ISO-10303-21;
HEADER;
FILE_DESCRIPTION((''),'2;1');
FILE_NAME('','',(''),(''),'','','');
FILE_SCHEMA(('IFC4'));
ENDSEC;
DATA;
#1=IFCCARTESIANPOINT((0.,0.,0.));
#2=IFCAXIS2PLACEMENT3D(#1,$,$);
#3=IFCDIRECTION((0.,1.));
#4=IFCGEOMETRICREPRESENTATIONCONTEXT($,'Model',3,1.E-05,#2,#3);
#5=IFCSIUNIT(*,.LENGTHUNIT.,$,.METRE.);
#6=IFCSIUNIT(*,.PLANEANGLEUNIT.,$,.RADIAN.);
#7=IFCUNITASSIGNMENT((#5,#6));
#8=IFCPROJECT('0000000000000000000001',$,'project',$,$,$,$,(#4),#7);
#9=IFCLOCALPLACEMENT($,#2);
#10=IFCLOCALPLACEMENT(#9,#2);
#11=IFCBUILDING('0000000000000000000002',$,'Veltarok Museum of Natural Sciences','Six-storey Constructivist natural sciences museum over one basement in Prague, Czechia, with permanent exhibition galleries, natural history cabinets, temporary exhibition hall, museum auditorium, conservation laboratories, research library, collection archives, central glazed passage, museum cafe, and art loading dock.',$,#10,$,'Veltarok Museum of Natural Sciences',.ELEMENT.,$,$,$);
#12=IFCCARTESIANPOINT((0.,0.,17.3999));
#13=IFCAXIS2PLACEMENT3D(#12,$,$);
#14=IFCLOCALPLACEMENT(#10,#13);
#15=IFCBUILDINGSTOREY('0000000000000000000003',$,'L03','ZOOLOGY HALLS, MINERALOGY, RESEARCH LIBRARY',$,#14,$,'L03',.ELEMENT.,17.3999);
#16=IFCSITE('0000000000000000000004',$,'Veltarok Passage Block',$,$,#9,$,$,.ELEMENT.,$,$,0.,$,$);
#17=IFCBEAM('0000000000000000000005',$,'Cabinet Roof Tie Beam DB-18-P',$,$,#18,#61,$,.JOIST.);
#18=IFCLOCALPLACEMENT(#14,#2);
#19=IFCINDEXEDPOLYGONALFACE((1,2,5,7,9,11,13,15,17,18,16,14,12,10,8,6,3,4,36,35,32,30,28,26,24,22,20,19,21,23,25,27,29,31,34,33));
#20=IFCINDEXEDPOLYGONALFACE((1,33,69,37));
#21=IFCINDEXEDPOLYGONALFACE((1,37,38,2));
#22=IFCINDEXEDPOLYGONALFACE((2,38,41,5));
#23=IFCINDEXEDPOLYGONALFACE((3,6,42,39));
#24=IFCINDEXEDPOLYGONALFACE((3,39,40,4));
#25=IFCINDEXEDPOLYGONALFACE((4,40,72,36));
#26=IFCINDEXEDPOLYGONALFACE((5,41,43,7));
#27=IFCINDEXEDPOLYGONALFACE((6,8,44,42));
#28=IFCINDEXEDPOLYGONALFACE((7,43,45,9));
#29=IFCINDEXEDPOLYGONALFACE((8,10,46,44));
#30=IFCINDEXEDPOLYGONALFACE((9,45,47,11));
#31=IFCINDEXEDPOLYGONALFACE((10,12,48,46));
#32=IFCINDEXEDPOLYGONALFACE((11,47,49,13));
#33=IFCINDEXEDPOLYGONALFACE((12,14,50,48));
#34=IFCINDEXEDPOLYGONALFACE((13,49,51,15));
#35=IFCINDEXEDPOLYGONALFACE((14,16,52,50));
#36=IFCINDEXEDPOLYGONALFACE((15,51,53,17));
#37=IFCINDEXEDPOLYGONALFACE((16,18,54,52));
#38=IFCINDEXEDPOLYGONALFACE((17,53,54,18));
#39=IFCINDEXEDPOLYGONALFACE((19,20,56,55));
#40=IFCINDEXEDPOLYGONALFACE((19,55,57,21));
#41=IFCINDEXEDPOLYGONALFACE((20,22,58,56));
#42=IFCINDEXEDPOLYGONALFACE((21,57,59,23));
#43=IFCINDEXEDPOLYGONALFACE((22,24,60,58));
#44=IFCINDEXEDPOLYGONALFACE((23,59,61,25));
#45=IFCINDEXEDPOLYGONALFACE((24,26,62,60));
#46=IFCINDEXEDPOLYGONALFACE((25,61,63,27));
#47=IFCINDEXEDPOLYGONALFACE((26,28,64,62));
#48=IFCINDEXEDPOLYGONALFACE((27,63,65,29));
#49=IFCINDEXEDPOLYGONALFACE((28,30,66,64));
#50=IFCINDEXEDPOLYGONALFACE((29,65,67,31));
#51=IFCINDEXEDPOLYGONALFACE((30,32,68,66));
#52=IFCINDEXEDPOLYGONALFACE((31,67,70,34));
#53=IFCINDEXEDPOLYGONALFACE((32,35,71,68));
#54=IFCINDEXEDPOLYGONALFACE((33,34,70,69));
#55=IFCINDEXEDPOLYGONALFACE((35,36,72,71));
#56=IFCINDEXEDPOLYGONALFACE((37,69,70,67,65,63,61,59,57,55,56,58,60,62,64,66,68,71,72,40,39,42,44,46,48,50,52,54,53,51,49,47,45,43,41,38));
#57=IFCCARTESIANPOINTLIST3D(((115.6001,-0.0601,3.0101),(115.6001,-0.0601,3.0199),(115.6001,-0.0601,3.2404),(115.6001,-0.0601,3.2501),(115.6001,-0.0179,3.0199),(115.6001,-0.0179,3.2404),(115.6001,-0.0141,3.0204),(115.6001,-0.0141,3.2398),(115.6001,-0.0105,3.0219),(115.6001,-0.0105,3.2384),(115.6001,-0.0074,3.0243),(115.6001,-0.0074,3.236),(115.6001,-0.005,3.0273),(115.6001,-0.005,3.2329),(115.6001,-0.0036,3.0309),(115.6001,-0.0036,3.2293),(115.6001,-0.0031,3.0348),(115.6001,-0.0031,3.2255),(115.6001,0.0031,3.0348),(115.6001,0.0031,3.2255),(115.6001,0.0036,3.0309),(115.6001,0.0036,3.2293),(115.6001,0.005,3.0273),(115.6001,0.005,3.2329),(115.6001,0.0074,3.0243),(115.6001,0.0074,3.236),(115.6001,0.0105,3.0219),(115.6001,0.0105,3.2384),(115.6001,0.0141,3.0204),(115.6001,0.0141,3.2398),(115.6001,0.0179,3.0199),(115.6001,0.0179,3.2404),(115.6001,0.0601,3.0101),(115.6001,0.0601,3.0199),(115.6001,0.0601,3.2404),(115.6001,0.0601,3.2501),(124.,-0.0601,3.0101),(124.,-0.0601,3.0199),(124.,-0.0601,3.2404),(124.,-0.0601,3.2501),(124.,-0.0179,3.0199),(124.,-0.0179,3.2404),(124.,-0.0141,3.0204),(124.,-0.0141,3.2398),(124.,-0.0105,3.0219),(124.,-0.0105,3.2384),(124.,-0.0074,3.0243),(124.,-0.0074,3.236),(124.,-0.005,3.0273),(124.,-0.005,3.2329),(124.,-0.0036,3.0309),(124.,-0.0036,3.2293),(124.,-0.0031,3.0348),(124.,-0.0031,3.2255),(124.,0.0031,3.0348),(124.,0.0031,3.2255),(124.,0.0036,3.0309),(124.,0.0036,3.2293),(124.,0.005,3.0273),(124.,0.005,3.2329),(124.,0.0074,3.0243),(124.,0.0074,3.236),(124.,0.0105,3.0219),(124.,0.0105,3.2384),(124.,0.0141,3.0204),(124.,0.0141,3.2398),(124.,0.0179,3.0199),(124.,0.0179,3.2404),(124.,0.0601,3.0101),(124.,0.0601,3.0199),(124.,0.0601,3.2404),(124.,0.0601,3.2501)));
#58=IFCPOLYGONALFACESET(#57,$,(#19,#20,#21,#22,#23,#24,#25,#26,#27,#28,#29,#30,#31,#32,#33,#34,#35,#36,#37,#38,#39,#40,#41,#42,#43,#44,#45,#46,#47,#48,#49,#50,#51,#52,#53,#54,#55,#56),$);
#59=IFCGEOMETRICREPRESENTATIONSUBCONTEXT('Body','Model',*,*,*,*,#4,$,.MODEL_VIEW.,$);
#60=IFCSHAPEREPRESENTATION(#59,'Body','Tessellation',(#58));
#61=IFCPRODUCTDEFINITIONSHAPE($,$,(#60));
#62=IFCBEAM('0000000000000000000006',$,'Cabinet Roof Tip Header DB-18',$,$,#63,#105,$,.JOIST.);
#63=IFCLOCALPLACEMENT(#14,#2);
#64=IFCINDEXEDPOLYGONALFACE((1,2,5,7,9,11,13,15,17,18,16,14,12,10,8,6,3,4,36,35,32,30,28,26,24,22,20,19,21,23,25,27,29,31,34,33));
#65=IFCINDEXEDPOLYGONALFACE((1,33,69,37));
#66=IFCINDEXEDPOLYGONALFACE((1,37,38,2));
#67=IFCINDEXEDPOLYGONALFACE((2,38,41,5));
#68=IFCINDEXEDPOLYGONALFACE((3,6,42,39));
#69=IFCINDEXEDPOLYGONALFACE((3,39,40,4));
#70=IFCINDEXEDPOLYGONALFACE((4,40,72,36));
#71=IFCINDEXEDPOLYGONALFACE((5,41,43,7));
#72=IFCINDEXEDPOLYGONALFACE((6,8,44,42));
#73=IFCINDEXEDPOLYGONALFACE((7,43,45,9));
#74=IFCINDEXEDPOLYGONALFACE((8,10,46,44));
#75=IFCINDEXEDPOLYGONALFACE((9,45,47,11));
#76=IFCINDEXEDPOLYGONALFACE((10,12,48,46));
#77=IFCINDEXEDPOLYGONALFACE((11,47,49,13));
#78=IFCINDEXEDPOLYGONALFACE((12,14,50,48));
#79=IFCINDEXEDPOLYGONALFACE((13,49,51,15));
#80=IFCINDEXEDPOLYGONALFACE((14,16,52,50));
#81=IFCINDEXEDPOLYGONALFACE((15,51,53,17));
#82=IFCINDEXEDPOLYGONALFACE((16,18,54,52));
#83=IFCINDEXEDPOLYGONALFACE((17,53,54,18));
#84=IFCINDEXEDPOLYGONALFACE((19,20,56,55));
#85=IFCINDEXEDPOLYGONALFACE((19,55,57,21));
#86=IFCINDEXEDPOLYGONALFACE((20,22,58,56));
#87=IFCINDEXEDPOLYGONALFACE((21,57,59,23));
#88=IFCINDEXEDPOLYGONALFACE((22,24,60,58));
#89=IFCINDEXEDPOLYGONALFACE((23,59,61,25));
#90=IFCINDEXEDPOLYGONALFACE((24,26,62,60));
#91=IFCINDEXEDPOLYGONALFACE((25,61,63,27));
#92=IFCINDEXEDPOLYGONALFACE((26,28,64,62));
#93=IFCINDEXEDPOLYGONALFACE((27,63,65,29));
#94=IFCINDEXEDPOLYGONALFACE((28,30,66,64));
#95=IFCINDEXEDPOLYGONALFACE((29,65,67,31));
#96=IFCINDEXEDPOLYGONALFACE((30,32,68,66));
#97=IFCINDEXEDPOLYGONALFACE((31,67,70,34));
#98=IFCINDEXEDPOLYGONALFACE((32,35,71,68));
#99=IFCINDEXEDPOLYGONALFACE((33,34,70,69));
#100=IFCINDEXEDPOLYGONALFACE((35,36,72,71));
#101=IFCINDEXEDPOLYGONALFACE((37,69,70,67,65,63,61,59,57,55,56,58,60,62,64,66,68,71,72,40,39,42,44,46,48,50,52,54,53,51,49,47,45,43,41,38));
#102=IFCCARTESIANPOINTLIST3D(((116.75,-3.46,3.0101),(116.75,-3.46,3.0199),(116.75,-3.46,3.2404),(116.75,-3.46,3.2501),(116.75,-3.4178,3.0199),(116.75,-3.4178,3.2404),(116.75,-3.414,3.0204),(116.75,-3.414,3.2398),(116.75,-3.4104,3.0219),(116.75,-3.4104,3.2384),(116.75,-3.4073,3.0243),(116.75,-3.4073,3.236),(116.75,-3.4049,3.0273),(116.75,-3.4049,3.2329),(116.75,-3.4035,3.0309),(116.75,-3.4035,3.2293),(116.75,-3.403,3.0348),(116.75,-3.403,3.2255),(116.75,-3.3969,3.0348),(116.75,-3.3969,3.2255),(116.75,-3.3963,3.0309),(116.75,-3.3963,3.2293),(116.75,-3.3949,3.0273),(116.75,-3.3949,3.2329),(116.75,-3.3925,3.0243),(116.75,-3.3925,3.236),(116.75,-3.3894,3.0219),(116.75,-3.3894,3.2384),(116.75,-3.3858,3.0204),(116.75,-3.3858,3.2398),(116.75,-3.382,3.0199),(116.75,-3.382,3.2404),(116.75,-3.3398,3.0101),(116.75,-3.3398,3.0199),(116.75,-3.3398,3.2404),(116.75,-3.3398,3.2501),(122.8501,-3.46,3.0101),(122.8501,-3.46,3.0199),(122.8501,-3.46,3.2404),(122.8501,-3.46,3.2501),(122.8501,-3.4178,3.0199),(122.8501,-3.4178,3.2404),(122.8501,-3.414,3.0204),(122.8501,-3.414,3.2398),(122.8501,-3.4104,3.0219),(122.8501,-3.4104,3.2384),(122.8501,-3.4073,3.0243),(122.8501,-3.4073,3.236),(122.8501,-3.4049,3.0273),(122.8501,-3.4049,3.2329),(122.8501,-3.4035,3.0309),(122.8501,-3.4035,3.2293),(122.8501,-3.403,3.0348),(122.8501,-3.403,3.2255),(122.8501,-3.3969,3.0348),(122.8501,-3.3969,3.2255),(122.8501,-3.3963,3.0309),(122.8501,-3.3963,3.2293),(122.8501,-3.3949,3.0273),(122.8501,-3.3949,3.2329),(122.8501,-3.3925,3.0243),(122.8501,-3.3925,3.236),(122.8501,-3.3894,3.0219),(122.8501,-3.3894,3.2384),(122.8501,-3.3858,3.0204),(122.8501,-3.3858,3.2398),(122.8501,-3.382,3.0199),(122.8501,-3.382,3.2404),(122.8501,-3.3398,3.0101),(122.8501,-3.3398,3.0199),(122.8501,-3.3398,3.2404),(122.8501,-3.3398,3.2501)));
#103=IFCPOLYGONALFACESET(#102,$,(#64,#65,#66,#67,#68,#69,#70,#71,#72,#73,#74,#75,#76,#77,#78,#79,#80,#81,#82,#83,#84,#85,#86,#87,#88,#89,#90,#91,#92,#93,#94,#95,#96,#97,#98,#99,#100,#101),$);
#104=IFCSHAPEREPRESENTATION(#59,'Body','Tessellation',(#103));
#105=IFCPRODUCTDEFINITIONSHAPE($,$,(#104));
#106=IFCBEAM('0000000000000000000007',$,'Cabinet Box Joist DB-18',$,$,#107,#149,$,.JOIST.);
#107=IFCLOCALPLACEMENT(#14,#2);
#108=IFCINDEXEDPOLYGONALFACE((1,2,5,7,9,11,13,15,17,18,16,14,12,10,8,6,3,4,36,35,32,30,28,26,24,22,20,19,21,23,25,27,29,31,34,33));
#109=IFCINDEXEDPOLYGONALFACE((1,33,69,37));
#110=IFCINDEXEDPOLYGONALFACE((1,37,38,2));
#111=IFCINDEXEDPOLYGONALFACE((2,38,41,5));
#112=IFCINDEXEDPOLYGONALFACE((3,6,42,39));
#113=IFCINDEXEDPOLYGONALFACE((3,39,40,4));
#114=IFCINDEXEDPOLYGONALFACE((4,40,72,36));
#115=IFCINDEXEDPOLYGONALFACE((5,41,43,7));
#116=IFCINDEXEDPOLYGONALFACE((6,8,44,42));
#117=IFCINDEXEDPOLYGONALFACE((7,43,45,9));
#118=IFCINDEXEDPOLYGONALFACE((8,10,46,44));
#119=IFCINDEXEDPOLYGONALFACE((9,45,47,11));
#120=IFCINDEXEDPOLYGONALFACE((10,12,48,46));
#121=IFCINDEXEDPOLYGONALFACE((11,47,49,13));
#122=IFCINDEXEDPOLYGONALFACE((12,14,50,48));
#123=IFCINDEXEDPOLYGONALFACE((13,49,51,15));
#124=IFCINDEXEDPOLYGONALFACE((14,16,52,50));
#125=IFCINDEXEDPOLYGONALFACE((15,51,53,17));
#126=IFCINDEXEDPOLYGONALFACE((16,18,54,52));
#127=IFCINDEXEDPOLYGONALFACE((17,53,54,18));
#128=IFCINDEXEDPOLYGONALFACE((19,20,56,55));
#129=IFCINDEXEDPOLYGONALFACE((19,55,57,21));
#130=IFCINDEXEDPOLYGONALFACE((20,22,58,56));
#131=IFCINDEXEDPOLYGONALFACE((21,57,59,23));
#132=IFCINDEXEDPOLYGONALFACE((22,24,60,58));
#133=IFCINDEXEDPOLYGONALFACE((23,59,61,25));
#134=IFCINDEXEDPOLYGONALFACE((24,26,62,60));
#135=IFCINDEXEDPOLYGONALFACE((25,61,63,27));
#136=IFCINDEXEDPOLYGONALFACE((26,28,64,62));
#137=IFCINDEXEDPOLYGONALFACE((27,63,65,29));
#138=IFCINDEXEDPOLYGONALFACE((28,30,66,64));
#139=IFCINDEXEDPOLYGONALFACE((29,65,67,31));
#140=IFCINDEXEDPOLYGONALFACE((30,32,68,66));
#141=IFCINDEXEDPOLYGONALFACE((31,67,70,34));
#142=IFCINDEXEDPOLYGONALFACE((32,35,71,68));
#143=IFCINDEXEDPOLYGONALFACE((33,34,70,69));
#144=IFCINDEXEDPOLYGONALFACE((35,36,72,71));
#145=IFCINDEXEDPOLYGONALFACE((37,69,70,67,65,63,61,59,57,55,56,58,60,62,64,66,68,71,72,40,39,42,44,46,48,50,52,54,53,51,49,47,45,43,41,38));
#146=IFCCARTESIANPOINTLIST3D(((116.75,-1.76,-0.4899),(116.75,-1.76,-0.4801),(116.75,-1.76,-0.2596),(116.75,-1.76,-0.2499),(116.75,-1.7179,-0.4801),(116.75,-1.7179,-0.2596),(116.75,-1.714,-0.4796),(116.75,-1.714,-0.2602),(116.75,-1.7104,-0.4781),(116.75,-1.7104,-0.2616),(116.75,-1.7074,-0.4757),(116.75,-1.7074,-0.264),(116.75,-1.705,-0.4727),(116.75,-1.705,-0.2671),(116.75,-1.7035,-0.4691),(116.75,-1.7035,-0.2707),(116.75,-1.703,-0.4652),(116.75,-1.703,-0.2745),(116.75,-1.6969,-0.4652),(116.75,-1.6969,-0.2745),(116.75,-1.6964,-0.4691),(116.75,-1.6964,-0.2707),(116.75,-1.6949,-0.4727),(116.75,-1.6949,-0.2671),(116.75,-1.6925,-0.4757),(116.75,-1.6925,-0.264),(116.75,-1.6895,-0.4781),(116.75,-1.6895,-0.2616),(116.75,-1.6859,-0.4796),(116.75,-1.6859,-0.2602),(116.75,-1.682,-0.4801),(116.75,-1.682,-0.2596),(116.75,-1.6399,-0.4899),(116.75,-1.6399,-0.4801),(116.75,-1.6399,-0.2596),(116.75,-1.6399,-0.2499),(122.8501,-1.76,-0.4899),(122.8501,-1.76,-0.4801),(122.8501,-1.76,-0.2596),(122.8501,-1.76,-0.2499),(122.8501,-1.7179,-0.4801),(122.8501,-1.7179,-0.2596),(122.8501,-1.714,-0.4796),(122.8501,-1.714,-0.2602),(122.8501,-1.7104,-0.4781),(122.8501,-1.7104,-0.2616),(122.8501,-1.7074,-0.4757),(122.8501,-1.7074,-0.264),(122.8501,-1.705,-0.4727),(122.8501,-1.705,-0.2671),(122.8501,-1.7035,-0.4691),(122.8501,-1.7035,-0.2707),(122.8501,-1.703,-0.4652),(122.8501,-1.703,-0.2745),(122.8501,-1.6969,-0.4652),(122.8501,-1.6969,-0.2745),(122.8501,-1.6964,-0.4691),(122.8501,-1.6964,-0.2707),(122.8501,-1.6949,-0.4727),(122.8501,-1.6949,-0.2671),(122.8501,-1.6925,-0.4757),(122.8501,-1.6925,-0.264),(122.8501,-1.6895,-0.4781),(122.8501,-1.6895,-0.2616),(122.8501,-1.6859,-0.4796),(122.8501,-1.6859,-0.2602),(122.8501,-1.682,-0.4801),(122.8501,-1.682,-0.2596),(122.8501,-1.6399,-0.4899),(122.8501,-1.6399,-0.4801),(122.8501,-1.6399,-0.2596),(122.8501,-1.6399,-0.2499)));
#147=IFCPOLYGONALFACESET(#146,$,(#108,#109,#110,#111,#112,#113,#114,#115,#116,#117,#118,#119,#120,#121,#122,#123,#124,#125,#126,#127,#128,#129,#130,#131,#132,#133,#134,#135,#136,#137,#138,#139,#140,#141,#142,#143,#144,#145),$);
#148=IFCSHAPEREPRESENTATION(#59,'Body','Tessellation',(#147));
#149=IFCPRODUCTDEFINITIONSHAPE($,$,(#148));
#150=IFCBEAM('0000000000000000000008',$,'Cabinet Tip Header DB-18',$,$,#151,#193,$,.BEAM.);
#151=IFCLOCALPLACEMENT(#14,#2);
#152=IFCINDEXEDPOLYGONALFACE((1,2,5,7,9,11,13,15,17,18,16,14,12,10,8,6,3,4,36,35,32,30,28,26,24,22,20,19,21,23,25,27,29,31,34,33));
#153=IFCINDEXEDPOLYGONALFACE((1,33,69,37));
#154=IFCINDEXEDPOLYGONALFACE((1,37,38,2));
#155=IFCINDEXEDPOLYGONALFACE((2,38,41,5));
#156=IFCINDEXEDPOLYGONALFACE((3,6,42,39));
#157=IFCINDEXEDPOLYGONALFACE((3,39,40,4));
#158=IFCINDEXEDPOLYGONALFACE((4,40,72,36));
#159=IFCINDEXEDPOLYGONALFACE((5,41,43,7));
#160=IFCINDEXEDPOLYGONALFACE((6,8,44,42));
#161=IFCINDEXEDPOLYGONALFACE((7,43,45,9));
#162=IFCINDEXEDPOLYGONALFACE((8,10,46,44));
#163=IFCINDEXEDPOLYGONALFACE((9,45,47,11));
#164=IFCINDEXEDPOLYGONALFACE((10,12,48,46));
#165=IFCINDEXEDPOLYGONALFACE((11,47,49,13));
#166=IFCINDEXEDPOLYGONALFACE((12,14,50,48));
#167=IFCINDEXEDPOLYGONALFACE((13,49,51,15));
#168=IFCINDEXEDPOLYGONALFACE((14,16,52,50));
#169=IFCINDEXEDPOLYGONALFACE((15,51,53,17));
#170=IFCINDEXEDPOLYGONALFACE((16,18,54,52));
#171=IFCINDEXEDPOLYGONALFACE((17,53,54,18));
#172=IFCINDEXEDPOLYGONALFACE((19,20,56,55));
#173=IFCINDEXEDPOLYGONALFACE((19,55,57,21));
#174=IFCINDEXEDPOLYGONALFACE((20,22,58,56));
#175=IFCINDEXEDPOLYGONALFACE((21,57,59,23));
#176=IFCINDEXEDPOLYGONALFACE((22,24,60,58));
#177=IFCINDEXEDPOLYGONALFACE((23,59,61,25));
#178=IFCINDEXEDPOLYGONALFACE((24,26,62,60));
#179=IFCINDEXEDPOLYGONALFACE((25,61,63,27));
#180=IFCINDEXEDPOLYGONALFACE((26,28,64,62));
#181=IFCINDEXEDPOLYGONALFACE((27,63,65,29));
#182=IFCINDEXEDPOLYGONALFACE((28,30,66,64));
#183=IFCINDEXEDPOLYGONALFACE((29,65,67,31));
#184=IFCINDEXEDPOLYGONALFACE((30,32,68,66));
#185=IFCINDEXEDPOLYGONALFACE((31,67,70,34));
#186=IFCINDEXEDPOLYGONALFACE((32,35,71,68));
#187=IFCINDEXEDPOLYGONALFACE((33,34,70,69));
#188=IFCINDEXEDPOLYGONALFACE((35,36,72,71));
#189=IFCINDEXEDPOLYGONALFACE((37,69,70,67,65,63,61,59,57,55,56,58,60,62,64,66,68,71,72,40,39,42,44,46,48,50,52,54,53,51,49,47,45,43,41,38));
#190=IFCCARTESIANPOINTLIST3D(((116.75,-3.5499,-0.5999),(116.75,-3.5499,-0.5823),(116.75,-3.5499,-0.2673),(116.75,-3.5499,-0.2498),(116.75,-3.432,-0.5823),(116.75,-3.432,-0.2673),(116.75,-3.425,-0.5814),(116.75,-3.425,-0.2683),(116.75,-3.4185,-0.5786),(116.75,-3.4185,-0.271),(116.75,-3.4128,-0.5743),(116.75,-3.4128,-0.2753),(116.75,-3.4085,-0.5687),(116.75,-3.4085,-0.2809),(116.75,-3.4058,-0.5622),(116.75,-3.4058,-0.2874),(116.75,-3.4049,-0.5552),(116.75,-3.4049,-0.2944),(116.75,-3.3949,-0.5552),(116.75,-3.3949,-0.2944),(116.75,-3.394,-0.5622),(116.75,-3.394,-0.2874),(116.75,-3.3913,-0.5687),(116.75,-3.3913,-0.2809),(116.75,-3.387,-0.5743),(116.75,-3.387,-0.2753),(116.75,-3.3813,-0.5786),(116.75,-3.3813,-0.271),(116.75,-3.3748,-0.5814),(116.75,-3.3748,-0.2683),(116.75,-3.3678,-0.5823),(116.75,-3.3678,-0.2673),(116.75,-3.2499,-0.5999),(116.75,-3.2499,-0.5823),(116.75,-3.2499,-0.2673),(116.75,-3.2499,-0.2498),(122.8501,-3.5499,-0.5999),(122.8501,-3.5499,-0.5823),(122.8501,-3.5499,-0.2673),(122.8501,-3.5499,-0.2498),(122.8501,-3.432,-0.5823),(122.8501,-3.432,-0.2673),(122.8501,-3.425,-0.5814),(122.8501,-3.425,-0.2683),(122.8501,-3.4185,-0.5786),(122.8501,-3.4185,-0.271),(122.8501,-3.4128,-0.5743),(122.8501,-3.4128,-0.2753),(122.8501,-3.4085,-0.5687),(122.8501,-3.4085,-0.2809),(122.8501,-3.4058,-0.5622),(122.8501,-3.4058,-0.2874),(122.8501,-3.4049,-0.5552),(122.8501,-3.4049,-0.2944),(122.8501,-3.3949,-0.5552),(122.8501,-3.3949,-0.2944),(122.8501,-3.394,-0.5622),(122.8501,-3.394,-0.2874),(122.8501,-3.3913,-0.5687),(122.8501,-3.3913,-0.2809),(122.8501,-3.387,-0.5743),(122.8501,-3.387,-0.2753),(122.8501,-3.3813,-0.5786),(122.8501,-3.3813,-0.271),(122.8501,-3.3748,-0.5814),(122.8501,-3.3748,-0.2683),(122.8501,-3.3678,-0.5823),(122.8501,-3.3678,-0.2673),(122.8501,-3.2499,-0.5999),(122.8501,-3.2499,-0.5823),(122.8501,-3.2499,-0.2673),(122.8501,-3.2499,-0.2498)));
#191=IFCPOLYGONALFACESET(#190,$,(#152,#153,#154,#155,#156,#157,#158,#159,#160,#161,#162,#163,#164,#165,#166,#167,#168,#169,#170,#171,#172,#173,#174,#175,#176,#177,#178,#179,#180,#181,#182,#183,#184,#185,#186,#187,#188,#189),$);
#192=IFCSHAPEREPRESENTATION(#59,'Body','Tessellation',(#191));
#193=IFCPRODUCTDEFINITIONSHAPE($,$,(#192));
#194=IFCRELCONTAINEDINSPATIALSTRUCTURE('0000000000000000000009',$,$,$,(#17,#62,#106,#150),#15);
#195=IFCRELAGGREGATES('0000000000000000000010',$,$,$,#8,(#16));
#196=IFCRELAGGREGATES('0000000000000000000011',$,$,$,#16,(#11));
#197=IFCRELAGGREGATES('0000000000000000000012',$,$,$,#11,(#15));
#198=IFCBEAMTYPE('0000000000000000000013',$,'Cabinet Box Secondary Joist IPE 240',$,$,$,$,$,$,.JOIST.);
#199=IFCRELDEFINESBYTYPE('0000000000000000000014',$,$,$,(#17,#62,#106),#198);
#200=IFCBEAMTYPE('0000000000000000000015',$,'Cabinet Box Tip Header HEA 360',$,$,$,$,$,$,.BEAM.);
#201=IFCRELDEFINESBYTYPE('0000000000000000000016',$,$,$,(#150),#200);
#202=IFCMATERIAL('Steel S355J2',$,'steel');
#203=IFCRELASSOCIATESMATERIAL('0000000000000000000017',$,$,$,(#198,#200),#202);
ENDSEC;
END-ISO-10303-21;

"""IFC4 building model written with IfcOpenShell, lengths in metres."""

from ifc_helpers import new_model, si_unit, direction, frame, origin, origin_2d, place, context, subcontext, project, spatial, i_section, extrude, material, material_profile, profile_set, type_object, element, save


model = new_model("IFC4")

# Units and contexts
model_context = context("Model", 3, precision=1e-05, world=origin(), true_north=direction((0.0, 1.0)))
body_context = subcontext(model_context, "Body", "Model", "MODEL_VIEW")
ifc_project = project(units=[si_unit("LENGTHUNIT", "METRE"), si_unit("PLANEANGLEUNIT", "RADIAN")], contexts=[model_context])

# Site, building, storey
site_placement = place(None, origin())
site = spatial("IfcSite", under=ifc_project, at=site_placement, Name="Veltarok Passage Block", CompositionType="ELEMENT", RefElevation=0.0)
building_placement = place(site_placement, origin())
building = spatial("IfcBuilding", under=site, at=building_placement, Name="Veltarok Museum of Natural Sciences", Description="Six-storey Constructivist natural sciences museum over one basement in Prague, Czechia, with permanent exhibition galleries, natural history cabinets, temporary exhibition hall, museum auditorium, conservation laboratories, research library, collection archives, central glazed passage, museum cafe, and art loading dock.", LongName="Veltarok Museum of Natural Sciences", CompositionType="ELEMENT")
storey_placement = place(building_placement, frame((0.0, 0.0, 17.3999)))
storey = spatial("IfcBuildingStorey", under=building, at=storey_placement, Name="L03", Description="ZOOLOGY HALLS, MINERALOGY, RESEARCH LIBRARY", LongName="L03", CompositionType="ELEMENT", Elevation=17.3999)

# Shared definitions
ifc_material_1 = material(Name="Steel S355J2", Category="steel")

# Beams
ifc_material_profile_1 = material_profile(ifc_material_1, i_section(OverallWidth=0.1201, OverallDepth=0.24, WebThickness=0.0061, FlangeThickness=0.0098, FilletRadius=0.0149, at=origin_2d()), Name="IPE 240")
ifc_profile_set_1 = profile_set([ifc_material_profile_1], Name="Steel S355J2")
beam_type_1 = type_object("IfcBeamType", Name="Cabinet Box Secondary Joist IPE 240", PredefinedType="JOIST", material=ifc_profile_set_1)
beam_1_placement = place(storey_placement, frame((115.6001, 0.0, 3.1301), z_axis=(1.0, 0.0, 0.0), x_axis=(0.0, 1.0, 0.0)))
element("IfcBeam", 1, at=beam_1_placement, inside=storey, type_object=beam_type_1, Name="Cabinet Roof Tie Beam DB-18-P", PredefinedType="JOIST", context=body_context, shape_type="SweptSolid", body=[
    extrude(i_section(OverallWidth=0.1201, OverallDepth=0.24, WebThickness=0.0061, FlangeThickness=0.0098, FilletRadius=0.0149, at=origin_2d()), origin(), (0.0, 0.0, 1.0), 8.3999),
])
for number, where, z_axis, x_axis, name in (
    (2, (116.75, -3.3999, 3.1301), (1.0, 0.0, 0.0), (0.0, 1.0, 0.0), "Cabinet Roof Tip Header DB-18"),
    (3, (116.75, -1.7, -0.3699), (1.0, 0.0, 0.0), (0.0, 1.0, 0.0), "Cabinet Box Joist DB-18"),
):
    element("IfcBeam", number, at=place(storey_placement, frame(where, z_axis=z_axis, x_axis=x_axis)), inside=storey, type_object=beam_type_1, Name=name, PredefinedType="JOIST", context=body_context, shape_type="SweptSolid", body=[
        extrude(i_section(OverallWidth=0.1201, OverallDepth=0.24, WebThickness=0.0061, FlangeThickness=0.0098, FilletRadius=0.0149, at=origin_2d()), origin(), (0.0, 0.0, 1.0), 6.1001),
    ])
ifc_material_profile_2 = material_profile(ifc_material_1, i_section(OverallWidth=0.3, OverallDepth=0.3501, WebThickness=0.01, FlangeThickness=0.0176, FilletRadius=0.0271, at=origin_2d()), Name="HEA 360")
ifc_profile_set_2 = profile_set([ifc_material_profile_2], Name="Steel S355J2")
beam_type_2 = type_object("IfcBeamType", Name="Cabinet Box Tip Header HEA 360", PredefinedType="BEAM", material=ifc_profile_set_2)
beam_2_placement = place(storey_placement, frame((116.75, -3.3999, -0.4248), z_axis=(1.0, 0.0, 0.0), x_axis=(0.0, 1.0, 0.0)))
element("IfcBeam", 4, at=beam_2_placement, inside=storey, type_object=beam_type_2, Name="Cabinet Tip Header DB-18", PredefinedType="BEAM", context=body_context, shape_type="SweptSolid", body=[
    extrude(i_section(OverallWidth=0.3, OverallDepth=0.3501, WebThickness=0.01, FlangeThickness=0.0176, FilletRadius=0.0271, at=origin_2d()), origin(), (0.0, 0.0, 1.0), 6.1001),
])

save(model, "model.ifc")
